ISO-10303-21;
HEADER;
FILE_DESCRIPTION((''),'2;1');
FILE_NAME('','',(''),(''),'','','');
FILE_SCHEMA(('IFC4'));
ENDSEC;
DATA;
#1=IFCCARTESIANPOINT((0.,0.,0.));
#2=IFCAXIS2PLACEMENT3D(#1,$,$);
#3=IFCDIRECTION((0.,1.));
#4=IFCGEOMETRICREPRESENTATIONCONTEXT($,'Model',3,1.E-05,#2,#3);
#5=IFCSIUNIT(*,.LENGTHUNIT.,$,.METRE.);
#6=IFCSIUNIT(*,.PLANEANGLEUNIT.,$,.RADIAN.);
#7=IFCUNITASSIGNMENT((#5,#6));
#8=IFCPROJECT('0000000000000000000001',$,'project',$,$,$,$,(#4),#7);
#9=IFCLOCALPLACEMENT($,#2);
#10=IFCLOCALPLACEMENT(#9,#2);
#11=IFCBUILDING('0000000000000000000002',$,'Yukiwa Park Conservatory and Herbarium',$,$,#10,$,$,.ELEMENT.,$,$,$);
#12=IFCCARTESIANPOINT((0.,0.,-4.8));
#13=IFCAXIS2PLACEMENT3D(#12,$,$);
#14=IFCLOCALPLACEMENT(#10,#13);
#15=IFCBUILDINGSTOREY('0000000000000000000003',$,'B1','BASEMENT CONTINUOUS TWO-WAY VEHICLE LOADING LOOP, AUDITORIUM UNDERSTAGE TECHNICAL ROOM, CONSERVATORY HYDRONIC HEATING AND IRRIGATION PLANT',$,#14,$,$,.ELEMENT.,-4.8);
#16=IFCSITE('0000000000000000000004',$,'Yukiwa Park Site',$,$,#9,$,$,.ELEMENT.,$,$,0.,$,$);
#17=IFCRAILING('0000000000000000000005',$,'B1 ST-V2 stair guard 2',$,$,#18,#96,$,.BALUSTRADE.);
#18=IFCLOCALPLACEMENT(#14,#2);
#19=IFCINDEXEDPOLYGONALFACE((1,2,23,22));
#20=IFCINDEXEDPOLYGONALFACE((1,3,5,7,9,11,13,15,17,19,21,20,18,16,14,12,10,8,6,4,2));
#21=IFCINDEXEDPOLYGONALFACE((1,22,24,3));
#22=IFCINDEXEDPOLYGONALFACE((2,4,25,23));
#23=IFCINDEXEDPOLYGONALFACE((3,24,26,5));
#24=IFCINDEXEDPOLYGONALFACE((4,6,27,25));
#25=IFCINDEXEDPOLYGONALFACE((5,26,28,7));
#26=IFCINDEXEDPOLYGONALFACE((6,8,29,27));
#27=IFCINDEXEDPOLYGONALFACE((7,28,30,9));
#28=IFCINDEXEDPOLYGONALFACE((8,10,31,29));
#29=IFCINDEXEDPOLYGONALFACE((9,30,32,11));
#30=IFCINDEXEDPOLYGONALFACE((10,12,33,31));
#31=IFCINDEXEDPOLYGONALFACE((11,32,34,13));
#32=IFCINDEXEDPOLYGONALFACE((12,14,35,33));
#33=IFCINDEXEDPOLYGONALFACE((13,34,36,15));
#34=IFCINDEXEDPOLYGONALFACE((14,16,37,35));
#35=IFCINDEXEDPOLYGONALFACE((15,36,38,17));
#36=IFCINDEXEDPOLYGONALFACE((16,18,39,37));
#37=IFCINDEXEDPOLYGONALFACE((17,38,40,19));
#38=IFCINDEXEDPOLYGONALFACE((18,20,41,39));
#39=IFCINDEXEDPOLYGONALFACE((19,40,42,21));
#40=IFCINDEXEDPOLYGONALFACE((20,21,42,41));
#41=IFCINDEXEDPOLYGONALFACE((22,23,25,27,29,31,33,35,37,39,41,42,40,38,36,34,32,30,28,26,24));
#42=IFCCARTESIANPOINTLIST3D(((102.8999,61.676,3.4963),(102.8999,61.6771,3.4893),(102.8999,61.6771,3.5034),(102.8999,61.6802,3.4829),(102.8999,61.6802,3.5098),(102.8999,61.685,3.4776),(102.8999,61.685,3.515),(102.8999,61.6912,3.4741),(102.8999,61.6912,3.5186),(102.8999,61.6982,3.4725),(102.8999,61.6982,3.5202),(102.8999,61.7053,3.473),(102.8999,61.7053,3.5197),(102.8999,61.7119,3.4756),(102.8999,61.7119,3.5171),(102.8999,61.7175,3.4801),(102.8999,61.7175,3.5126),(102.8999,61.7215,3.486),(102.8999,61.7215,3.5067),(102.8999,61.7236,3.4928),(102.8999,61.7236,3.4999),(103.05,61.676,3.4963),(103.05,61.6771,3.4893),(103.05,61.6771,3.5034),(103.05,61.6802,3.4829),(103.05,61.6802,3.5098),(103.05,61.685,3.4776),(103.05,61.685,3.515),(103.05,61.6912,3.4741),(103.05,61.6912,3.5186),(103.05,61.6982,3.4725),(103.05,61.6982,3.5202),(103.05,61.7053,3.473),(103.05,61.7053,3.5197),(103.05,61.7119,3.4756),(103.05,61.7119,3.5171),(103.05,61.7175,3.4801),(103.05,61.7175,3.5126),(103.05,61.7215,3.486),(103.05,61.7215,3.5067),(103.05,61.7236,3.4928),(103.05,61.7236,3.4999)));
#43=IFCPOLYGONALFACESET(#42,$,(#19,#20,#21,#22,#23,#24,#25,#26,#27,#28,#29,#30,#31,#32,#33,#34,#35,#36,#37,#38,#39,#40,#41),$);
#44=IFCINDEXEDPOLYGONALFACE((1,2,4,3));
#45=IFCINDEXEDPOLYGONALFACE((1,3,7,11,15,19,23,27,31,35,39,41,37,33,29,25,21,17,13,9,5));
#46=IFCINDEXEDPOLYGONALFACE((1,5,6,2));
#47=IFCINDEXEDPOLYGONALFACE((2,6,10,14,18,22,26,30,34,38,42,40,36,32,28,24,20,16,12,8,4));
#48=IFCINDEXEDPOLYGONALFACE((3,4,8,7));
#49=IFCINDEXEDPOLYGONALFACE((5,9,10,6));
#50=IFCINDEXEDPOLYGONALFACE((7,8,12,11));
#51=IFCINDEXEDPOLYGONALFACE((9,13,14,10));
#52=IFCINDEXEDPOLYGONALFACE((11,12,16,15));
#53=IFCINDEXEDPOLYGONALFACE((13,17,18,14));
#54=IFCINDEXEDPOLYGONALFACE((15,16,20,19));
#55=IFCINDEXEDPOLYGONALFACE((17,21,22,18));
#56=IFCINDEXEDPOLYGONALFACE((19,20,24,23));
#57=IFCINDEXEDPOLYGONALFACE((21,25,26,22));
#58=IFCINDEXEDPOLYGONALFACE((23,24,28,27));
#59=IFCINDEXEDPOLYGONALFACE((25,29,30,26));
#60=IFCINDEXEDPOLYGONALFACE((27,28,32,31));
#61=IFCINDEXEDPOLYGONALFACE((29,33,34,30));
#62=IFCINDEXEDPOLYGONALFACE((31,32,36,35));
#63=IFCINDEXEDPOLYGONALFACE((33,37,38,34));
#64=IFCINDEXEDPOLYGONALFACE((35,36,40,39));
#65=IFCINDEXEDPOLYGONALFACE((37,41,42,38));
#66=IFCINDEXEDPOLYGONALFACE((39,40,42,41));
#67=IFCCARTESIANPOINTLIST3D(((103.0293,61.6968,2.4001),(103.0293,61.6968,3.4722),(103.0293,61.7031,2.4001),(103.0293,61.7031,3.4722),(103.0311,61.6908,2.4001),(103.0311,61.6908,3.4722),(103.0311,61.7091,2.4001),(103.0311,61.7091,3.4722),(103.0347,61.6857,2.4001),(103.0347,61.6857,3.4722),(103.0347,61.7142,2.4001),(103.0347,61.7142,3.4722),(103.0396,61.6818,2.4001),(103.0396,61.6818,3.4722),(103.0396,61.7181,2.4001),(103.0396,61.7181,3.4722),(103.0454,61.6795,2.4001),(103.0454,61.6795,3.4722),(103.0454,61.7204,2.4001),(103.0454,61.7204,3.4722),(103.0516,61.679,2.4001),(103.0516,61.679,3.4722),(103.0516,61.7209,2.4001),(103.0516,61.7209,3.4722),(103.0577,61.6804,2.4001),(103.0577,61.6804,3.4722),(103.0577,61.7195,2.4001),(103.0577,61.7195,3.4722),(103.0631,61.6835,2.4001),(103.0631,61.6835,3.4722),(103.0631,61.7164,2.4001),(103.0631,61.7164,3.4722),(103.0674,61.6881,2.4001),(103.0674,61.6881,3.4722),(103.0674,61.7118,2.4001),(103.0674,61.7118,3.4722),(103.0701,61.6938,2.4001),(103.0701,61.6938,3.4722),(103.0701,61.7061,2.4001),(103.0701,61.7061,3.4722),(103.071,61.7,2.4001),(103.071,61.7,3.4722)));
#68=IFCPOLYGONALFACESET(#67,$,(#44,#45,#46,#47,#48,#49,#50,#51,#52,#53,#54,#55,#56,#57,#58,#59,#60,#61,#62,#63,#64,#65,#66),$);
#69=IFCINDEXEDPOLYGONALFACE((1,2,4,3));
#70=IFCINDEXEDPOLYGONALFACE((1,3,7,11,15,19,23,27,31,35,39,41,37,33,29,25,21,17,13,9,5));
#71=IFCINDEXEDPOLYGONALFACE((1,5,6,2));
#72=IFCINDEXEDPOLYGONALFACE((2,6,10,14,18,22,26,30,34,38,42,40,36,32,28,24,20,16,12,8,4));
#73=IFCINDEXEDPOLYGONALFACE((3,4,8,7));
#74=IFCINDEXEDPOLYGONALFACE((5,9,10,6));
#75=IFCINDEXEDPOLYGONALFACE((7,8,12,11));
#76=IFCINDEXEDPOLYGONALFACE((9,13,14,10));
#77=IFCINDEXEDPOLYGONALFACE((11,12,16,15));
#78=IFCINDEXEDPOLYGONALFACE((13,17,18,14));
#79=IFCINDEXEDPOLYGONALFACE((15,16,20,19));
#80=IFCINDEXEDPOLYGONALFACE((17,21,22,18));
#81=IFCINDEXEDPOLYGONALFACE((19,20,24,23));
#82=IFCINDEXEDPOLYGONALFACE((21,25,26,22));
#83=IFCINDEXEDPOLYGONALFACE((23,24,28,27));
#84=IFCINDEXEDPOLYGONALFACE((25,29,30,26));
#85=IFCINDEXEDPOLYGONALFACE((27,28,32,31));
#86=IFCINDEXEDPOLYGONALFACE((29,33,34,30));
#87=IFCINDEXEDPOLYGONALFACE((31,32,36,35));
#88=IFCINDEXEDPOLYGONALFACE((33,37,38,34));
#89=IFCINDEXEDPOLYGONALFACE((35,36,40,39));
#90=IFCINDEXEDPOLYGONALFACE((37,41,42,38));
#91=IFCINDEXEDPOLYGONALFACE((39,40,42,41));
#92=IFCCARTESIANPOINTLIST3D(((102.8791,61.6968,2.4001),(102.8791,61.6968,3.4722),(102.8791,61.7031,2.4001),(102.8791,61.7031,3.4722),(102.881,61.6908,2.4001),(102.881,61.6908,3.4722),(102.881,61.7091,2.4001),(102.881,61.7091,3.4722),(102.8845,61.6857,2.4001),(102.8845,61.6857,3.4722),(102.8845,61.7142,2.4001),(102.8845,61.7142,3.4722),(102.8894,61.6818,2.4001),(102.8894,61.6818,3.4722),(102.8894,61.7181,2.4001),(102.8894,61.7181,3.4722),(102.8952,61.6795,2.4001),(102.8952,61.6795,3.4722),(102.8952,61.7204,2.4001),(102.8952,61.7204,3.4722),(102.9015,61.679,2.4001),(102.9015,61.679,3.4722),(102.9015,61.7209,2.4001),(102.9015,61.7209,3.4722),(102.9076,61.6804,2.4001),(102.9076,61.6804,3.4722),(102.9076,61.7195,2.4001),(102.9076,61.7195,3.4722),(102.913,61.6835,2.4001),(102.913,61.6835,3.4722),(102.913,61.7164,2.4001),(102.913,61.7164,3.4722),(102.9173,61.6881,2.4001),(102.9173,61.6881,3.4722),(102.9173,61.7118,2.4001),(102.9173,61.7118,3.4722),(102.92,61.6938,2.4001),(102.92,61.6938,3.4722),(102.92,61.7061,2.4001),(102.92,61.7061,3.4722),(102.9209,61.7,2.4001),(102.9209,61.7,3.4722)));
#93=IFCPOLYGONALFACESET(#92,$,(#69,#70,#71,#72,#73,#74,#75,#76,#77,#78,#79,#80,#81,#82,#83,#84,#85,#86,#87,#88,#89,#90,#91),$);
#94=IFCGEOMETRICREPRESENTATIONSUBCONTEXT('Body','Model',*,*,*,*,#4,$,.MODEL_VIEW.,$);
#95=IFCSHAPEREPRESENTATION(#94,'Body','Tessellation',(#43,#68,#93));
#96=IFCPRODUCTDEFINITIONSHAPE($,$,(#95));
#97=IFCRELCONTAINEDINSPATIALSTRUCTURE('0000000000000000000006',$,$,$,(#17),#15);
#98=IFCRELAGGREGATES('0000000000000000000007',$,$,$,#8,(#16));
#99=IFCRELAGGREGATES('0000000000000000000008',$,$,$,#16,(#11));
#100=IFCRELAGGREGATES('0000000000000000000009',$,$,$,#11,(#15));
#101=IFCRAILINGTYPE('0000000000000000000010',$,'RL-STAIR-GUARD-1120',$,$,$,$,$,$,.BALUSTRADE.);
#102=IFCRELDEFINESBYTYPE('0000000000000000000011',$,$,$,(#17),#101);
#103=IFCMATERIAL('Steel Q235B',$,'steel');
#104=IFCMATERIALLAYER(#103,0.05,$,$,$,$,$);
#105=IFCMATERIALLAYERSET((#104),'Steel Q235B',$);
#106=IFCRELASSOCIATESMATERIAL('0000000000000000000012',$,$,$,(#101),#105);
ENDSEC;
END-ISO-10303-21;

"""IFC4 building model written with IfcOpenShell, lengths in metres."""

from ifc_helpers import new_model, si_unit, direction, frame, origin, origin_2d, place, context, subcontext, project, spatial, circle, extrude, material, layer, layer_set, type_object, element, save


model = new_model("IFC4")

# Units and contexts
model_context = context("Model", 3, precision=1e-05, world=origin(), true_north=direction((0.0, 1.0)))
body_context = subcontext(model_context, "Body", "Model", "MODEL_VIEW")
ifc_project = project(units=[si_unit("LENGTHUNIT", "METRE"), si_unit("PLANEANGLEUNIT", "RADIAN")], contexts=[model_context])

# Site, building, storey
site_placement = place(None, origin())
site = spatial("IfcSite", under=ifc_project, at=site_placement, Name="Yukiwa Park Site", CompositionType="ELEMENT", RefElevation=0.0)
building_placement = place(site_placement, origin())
building = spatial("IfcBuilding", under=site, at=building_placement, Name="Yukiwa Park Conservatory and Herbarium", CompositionType="ELEMENT")
storey_placement = place(building_placement, frame((0.0, 0.0, -4.8)))
storey = spatial("IfcBuildingStorey", under=building, at=storey_placement, Name="B1", Description="BASEMENT CONTINUOUS TWO-WAY VEHICLE LOADING LOOP, AUDITORIUM UNDERSTAGE TECHNICAL ROOM, CONSERVATORY HYDRONIC HEATING AND IRRIGATION PLANT", CompositionType="ELEMENT", Elevation=-4.8)

# Railing
ifc_material_1 = material(Name="Steel Q235B", Category="steel")
ifc_layer_1 = layer(ifc_material_1, 0.05)
ifc_layer_set_1 = layer_set([ifc_layer_1], Name="Steel Q235B")
railing_type_1 = type_object("IfcRailingType", Name="RL-STAIR-GUARD-1120", PredefinedType="BALUSTRADE", material=ifc_layer_set_1)
railing_1_placement = place(storey_placement, frame((103.05, 61.7, 2.4001)))
element("IfcRailing", 1, at=railing_1_placement, inside=storey, type_object=railing_type_1, Name="B1 ST-V2 stair guard 2", PredefinedType="BALUSTRADE", context=body_context, shape_type="SweptSolid", body=[
    extrude(circle(Radius=0.0239, at=origin_2d()), frame((0.0, 0.0, 1.0962), z_axis=(-1.0, 0.0, 0.0), x_axis=(0.0, -1.0, 0.0)), (0.0, 0.0, 1.0), 0.1501),
    extrude(circle(Radius=0.021, at=origin_2d()), origin(), (0.0, 0.0, 1.0), 1.072),
    extrude(circle(Radius=0.021, at=origin_2d()), frame((-0.1501, 0.0, 0.0)), (0.0, 0.0, 1.0), 1.072),
])

save(model, "model.ifc")
